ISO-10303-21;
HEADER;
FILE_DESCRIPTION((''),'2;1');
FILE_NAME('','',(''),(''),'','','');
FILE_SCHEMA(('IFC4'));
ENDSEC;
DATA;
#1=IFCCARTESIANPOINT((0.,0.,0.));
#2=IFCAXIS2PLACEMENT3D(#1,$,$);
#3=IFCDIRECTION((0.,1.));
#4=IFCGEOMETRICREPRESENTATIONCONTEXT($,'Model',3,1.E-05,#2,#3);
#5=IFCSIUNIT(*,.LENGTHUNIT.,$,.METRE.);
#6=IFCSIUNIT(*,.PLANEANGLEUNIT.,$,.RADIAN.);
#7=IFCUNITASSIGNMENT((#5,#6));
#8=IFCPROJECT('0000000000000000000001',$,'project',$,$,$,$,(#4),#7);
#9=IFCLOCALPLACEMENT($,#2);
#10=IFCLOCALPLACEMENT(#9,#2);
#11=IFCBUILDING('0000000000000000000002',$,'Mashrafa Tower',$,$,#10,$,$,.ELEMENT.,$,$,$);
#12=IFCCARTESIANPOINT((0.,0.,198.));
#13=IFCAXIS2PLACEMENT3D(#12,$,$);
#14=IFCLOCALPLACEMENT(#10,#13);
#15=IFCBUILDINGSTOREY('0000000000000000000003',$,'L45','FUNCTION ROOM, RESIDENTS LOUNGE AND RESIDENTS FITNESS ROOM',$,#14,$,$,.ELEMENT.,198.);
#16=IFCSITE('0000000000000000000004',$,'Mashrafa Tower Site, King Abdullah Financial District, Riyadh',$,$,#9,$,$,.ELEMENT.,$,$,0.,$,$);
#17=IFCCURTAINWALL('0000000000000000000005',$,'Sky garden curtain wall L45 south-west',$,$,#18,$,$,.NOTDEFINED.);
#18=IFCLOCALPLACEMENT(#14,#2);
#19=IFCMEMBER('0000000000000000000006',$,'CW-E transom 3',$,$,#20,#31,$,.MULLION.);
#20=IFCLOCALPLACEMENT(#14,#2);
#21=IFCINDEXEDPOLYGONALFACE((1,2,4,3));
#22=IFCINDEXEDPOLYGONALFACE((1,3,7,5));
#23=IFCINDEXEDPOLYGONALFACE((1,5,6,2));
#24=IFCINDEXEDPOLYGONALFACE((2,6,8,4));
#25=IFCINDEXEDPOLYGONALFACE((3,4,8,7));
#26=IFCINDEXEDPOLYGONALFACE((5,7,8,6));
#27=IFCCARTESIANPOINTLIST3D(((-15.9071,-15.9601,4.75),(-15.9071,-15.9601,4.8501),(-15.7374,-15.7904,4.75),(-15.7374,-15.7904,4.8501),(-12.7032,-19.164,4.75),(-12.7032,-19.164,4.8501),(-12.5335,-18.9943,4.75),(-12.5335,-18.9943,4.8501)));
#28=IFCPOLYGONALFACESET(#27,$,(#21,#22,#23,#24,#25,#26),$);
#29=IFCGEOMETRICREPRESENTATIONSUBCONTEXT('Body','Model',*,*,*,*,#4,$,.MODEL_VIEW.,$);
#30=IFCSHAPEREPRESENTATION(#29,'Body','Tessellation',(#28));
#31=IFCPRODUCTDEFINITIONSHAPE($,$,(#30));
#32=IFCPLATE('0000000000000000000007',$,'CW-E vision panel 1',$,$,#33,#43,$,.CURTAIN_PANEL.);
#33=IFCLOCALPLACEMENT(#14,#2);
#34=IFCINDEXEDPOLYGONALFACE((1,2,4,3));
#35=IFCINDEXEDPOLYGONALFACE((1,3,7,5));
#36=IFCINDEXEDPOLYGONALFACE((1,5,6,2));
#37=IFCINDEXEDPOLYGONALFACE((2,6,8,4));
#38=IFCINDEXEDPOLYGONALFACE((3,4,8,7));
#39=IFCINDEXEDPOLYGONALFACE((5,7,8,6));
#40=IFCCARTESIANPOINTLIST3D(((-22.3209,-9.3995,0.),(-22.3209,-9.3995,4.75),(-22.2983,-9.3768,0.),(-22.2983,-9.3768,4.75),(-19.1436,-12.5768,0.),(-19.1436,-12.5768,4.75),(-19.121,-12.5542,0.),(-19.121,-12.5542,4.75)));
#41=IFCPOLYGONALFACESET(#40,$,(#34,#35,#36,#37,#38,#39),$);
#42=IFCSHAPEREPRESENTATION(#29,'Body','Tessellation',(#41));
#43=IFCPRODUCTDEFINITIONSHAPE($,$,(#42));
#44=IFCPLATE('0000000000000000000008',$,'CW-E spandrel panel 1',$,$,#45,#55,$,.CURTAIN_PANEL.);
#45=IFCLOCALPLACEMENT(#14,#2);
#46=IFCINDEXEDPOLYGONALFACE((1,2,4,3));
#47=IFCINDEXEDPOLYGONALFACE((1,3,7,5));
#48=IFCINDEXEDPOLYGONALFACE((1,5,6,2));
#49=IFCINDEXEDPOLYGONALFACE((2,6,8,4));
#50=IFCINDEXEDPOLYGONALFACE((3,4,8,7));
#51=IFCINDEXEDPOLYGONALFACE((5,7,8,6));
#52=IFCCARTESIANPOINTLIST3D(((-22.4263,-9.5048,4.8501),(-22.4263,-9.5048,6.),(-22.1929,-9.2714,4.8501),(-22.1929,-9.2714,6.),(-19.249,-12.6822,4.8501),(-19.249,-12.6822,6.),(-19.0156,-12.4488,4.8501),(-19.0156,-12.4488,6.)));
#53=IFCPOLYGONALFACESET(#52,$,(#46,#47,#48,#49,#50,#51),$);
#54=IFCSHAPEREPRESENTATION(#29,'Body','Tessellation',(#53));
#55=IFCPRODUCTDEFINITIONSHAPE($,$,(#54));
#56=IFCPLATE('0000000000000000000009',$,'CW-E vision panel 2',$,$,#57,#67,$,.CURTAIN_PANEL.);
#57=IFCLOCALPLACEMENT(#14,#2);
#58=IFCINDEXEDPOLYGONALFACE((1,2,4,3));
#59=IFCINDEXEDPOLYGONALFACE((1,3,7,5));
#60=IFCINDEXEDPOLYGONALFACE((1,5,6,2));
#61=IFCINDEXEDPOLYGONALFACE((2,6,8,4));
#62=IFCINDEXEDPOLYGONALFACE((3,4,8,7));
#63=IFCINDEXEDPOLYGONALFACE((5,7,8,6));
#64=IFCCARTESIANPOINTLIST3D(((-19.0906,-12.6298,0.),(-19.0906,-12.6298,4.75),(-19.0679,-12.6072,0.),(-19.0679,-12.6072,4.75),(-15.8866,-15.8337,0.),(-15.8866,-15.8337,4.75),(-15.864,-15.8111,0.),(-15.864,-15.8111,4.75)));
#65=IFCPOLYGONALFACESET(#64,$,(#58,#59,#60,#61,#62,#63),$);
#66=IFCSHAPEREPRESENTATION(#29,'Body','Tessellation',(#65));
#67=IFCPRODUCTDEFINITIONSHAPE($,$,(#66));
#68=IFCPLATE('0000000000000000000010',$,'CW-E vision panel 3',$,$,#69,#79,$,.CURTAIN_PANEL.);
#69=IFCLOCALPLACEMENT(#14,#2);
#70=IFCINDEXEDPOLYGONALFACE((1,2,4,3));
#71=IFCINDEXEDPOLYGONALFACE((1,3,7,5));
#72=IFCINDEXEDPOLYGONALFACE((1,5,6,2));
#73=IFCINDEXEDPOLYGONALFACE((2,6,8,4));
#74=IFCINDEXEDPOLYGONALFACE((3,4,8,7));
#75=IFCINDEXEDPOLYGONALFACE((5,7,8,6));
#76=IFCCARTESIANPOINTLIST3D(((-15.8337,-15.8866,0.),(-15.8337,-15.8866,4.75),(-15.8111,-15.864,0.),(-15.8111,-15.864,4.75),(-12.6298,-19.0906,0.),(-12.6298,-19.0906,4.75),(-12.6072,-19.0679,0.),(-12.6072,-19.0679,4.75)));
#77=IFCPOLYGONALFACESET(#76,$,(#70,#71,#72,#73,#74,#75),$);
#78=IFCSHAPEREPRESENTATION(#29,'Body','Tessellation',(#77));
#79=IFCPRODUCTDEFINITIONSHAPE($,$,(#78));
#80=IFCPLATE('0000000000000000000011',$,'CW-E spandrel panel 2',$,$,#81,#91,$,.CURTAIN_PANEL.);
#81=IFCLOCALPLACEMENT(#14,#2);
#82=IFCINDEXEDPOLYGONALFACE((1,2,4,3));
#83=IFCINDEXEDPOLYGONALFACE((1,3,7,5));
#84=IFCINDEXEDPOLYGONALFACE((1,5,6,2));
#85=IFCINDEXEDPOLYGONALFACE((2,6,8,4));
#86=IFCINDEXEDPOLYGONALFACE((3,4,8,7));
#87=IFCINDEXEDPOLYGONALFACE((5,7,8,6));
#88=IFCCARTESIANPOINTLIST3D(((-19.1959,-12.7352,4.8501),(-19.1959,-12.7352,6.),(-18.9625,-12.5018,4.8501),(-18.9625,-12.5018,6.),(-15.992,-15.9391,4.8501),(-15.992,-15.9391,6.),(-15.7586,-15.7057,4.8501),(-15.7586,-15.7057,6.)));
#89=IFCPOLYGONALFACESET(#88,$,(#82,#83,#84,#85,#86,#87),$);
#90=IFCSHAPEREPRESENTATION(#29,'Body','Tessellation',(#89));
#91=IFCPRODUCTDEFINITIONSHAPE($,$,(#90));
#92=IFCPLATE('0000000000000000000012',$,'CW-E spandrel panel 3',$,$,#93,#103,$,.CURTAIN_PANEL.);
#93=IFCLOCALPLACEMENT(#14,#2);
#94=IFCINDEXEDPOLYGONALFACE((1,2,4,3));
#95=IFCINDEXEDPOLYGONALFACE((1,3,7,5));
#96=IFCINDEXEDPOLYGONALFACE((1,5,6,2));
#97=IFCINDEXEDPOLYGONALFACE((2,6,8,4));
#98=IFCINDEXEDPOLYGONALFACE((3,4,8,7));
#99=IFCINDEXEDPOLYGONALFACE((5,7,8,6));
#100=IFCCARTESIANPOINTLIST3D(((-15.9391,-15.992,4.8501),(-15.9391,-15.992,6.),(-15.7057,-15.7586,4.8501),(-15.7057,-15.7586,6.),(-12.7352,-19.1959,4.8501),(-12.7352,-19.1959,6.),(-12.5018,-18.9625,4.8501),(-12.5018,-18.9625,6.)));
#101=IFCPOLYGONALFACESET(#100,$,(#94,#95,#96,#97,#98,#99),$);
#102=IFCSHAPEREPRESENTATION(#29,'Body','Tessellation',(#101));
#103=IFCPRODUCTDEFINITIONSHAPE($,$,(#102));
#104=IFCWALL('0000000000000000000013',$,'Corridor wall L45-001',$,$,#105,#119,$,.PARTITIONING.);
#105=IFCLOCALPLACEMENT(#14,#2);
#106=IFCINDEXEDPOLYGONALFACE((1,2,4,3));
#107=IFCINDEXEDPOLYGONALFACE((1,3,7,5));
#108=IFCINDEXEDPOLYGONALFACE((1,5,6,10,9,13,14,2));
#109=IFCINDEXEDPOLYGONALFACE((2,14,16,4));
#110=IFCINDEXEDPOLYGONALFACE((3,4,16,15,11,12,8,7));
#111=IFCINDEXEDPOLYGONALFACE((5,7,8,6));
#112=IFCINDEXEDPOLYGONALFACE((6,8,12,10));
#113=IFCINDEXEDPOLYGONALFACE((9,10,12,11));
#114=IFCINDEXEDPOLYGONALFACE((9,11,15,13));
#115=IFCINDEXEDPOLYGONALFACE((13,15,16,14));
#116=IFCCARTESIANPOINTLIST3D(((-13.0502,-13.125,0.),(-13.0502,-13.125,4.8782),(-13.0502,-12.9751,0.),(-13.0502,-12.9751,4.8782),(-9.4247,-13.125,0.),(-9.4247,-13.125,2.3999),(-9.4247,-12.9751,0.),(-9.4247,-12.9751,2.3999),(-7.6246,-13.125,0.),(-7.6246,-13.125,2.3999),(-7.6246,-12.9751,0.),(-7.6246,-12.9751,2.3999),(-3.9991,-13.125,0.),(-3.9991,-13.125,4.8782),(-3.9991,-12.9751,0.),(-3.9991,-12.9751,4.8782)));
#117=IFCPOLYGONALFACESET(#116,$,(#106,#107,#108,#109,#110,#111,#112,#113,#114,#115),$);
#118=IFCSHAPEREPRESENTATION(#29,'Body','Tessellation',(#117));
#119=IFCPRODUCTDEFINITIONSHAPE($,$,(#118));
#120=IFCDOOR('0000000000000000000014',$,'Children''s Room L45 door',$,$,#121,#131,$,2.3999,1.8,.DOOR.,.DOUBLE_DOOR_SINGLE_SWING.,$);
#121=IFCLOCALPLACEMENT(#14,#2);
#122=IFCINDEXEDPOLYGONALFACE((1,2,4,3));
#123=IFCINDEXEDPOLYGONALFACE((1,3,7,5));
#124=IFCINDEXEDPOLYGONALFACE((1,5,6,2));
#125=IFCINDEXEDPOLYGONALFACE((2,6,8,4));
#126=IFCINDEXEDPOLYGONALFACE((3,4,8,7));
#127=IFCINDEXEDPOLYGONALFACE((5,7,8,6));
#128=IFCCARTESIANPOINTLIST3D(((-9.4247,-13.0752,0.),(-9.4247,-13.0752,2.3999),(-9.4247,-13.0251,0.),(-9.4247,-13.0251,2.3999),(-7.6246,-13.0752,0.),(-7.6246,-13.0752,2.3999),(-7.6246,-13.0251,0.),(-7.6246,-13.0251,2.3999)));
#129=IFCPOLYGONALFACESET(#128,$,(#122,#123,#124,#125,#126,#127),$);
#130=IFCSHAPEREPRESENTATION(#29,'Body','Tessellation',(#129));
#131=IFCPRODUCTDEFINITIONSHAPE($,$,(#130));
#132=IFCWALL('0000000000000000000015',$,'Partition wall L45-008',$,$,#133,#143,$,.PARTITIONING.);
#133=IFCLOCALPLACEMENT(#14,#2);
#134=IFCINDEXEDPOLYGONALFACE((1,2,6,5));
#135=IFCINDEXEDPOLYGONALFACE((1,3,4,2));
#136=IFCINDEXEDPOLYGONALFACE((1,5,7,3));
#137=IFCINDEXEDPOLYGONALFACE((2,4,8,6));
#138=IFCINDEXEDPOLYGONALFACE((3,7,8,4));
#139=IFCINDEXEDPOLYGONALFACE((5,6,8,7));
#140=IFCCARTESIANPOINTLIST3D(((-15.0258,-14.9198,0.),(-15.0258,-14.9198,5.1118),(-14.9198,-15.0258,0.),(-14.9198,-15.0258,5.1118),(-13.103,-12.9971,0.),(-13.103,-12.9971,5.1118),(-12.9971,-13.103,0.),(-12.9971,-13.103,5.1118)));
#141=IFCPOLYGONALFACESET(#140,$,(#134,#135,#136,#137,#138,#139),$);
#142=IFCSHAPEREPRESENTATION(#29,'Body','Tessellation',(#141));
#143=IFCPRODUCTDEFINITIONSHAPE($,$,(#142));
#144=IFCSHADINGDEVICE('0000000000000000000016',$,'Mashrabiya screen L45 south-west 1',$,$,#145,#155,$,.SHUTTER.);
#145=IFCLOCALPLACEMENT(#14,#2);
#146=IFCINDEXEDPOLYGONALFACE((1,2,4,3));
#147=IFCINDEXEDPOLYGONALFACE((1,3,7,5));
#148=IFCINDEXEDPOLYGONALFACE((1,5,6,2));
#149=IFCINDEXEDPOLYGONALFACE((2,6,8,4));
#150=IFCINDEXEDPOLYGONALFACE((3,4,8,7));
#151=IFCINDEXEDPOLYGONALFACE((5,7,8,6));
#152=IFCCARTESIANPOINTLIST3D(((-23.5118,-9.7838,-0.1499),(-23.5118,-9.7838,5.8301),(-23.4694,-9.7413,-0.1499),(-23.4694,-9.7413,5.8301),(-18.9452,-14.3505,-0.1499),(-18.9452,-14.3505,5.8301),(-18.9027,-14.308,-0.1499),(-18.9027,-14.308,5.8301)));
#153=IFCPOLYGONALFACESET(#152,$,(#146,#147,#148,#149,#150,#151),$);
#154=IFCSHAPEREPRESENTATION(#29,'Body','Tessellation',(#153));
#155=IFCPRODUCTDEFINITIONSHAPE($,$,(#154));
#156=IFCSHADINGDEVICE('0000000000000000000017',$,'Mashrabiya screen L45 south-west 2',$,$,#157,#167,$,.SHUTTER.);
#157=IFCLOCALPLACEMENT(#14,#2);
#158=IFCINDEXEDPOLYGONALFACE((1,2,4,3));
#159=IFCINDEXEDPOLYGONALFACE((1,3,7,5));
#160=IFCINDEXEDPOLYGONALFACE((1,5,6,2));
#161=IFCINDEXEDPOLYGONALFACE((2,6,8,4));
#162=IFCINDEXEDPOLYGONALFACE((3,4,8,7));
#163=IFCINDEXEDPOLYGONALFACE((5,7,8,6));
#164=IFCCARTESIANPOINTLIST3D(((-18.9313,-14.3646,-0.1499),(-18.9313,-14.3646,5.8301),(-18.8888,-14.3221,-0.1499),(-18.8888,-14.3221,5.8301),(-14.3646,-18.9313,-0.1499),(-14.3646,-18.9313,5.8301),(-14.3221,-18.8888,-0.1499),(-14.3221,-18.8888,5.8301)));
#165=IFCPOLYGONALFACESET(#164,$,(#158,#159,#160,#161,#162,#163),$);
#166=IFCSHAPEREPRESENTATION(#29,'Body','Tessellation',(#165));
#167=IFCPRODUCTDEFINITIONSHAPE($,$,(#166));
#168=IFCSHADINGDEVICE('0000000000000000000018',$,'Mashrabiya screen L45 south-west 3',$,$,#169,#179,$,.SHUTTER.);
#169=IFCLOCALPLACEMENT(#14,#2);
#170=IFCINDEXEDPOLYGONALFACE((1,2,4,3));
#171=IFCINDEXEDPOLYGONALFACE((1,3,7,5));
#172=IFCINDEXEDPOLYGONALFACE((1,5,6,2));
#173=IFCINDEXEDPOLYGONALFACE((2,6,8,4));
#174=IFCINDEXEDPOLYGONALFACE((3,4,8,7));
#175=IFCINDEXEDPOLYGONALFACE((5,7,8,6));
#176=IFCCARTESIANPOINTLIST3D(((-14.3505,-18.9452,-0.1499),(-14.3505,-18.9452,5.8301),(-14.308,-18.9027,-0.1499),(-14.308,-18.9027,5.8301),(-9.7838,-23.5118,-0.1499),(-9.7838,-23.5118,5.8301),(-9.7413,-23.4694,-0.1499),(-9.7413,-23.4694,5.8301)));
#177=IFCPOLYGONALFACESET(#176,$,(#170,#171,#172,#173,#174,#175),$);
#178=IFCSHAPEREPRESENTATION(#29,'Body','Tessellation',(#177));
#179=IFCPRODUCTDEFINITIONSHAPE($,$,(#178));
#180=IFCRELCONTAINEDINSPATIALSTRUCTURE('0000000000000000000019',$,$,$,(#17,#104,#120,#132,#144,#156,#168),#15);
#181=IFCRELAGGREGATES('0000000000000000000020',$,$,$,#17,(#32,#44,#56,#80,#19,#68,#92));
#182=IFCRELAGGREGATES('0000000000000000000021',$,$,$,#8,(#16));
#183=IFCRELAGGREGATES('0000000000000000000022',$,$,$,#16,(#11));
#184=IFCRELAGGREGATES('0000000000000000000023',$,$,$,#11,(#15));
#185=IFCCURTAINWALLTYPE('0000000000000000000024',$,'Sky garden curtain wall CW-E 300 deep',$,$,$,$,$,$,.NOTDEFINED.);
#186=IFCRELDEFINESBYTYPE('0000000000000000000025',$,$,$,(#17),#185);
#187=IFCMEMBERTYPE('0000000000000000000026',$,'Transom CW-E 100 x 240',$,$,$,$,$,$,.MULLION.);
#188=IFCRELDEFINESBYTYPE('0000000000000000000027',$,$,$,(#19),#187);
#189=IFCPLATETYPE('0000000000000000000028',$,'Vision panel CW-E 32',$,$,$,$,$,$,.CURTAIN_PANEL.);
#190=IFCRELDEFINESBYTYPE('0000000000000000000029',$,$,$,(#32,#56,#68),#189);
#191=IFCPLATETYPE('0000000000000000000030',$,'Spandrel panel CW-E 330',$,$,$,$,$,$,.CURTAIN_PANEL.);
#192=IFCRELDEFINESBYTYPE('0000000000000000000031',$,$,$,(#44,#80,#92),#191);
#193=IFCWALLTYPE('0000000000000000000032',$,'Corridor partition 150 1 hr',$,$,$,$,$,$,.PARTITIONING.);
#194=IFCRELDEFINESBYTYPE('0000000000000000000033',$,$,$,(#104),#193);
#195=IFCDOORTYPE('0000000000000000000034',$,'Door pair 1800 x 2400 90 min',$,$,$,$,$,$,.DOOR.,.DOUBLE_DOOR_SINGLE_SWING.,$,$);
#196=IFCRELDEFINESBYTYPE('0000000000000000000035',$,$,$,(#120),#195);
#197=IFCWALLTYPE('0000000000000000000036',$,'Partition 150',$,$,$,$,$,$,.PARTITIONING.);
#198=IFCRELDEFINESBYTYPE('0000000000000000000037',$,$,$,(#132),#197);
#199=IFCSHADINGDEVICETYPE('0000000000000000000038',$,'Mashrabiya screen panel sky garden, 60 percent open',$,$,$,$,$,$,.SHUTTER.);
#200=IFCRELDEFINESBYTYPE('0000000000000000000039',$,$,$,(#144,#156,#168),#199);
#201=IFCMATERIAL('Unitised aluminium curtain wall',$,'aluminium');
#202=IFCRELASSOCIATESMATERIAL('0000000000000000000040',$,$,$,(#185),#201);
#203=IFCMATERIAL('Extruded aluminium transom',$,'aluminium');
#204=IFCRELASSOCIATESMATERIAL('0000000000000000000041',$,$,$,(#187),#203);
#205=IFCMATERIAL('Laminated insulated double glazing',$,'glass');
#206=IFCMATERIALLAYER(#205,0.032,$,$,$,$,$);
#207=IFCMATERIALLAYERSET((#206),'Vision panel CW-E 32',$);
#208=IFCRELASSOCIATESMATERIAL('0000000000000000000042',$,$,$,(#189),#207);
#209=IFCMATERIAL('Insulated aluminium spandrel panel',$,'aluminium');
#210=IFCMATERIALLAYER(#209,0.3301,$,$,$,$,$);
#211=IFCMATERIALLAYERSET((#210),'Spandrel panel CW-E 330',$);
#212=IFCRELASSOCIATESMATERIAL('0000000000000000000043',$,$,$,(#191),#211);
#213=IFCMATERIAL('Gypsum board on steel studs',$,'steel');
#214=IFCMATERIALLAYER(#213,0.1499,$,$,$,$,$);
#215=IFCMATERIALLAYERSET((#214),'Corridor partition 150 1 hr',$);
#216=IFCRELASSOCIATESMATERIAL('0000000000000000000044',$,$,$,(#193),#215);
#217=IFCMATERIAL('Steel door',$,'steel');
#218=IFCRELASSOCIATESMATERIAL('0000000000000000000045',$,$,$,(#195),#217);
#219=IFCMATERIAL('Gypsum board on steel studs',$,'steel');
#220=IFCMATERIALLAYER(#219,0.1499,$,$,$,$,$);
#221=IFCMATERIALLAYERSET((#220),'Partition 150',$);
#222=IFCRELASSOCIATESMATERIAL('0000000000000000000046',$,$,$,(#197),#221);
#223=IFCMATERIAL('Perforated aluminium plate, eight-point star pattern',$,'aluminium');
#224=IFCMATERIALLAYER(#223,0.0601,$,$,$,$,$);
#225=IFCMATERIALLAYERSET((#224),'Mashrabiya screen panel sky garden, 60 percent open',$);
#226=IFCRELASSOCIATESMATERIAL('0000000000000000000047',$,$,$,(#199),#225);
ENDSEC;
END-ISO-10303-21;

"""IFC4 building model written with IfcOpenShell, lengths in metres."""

from ifc_helpers import new_model, si_unit, direction, frame, frame_2d, origin, origin_2d, place, context, subcontext, project, spatial, rectangle, extrude, source, transform, mapped, material, layer, layer_set, material_profile, profile_set, type_object, type_shapes, element, fill, aggregate, save


model = new_model("IFC4")

# Units and contexts
model_context = context("Model", 3, precision=1e-05, world=origin(), true_north=direction((0.0, 1.0)))
body_context = subcontext(model_context, "Body", "Model", "MODEL_VIEW")
ifc_project = project(units=[si_unit("LENGTHUNIT", "METRE"), si_unit("PLANEANGLEUNIT", "RADIAN")], contexts=[model_context])

# Site, building, storey
site_placement = place(None, origin())
site = spatial("IfcSite", under=ifc_project, at=site_placement, Name="Mashrafa Tower Site, King Abdullah Financial District, Riyadh", CompositionType="ELEMENT", RefElevation=0.0)
building_placement = place(site_placement, origin())
building = spatial("IfcBuilding", under=site, at=building_placement, Name="Mashrafa Tower", CompositionType="ELEMENT")
storey_placement = place(building_placement, frame((0.0, 0.0, 198.0)))
storey = spatial("IfcBuildingStorey", under=building, at=storey_placement, Name="L45", Description="FUNCTION ROOM, RESIDENTS LOUNGE AND RESIDENTS FITNESS ROOM", CompositionType="ELEMENT", Elevation=198.0)

# Curtain wall, member, plates
ifc_material_1 = material(Name="Unitised aluminium curtain wall", Category="aluminium")
curtain_wall_type = type_object("IfcCurtainWallType", Name="Sky garden curtain wall CW-E 300 deep", PredefinedType="NOTDEFINED", material=ifc_material_1)
curtain_wall_placement = place(storey_placement, origin())
curtain_wall = element("IfcCurtainWall", 1, at=curtain_wall_placement, inside=storey, type_object=curtain_wall_type, Name="Sky garden curtain wall L45 south-west", PredefinedType="NOTDEFINED")
ifc_material_2 = material(Name="Extruded aluminium transom", Category="aluminium")
ifc_material_profile_1 = material_profile(ifc_material_2, rectangle(XDim=0.24, YDim=0.1001, at=origin_2d()), Name="Transom 100x240")
ifc_profile_set_1 = profile_set([ifc_material_profile_1], Name="Extruded aluminium transom")
member_type_1 = type_object("IfcMemberType", Name="Transom CW-E 100 x 240", PredefinedType="MULLION", material=ifc_profile_set_1)
shared_shape_1 = source(origin(), body_context, "Body", "SweptSolid", [
    extrude(rectangle(XDim=0.24, YDim=0.1001, at=origin_2d()), origin(), (0.0, 0.0, 1.0), 4.531),
])
member_1_placement = place(storey_placement, frame((-15.8223, -15.8752, 4.8), z_axis=(0.707107, -0.707107, 0.0), x_axis=(0.707107, 0.707107, 0.0)))
member_1 = element("IfcMember", 2, at=member_1_placement, type_object=member_type_1, Name="CW-E transom 3", PredefinedType="MULLION", context=body_context, shape_type="MappedRepresentation", body=[
    mapped(shared_shape_1, transform((0.0, 0.0, 0.0))),
])
ifc_material_3 = material(Name="Laminated insulated double glazing", Category="glass")
ifc_layer_1 = layer(ifc_material_3, 0.032)
ifc_layer_set_1 = layer_set([ifc_layer_1], Name="Vision panel CW-E 32")
plate_type_1 = type_object("IfcPlateType", Name="Vision panel CW-E 32", PredefinedType="CURTAIN_PANEL", material=ifc_layer_set_1)
shared_shape_2 = source(origin(), body_context, "Body", "SweptSolid", [
    extrude(rectangle(XDim=4.4934, YDim=0.032, at=origin_2d()), origin(), (0.0, 0.0, 1.0), 4.75),
])
plate_1_placement = place(storey_placement, frame((-20.7209, -10.9768, 0.0), z_axis=(0.0, 0.0, 1.0), x_axis=(0.707107, -0.707107, 0.0)))
plate_1 = element("IfcPlate", 3, at=plate_1_placement, type_object=plate_type_1, Name="CW-E vision panel 1", PredefinedType="CURTAIN_PANEL", context=body_context, shape_type="MappedRepresentation", body=[
    mapped(shared_shape_2, transform((0.0, 0.0, 0.0))),
])
ifc_material_4 = material(Name="Insulated aluminium spandrel panel", Category="aluminium")
ifc_layer_2 = layer(ifc_material_4, 0.3301)
ifc_layer_set_2 = layer_set([ifc_layer_2], Name="Spandrel panel CW-E 330")
plate_type_2 = type_object("IfcPlateType", Name="Spandrel panel CW-E 330", PredefinedType="CURTAIN_PANEL", material=ifc_layer_set_2)
shared_shape_3 = source(origin(), body_context, "Body", "SweptSolid", [
    extrude(rectangle(XDim=4.4934, YDim=0.3301, at=origin_2d()), origin(), (0.0, 0.0, 1.0), 1.1499),
])
plate_2_placement = place(storey_placement, frame((-20.7209, -10.9768, 4.8501), z_axis=(0.0, 0.0, 1.0), x_axis=(0.707107, -0.707107, 0.0)))
plate_2 = element("IfcPlate", 4, at=plate_2_placement, type_object=plate_type_2, Name="CW-E spandrel panel 1", PredefinedType="CURTAIN_PANEL", context=body_context, shape_type="MappedRepresentation", body=[
    mapped(shared_shape_3, transform((0.0, 0.0, 0.0))),
])
shared_shape_4 = source(origin(), body_context, "Body", "SweptSolid", [
    extrude(rectangle(XDim=4.531, YDim=0.032, at=origin_2d()), origin(), (0.0, 0.0, 1.0), 4.75),
])
type_shapes(plate_type_1, [shared_shape_2, shared_shape_4])
plate_3_placement = place(storey_placement, frame((-17.4773, -14.2205, 0.0), z_axis=(0.0, 0.0, 1.0), x_axis=(0.707107, -0.707107, 0.0)))
plate_3 = element("IfcPlate", 5, at=plate_3_placement, type_object=plate_type_1, Name="CW-E vision panel 2", PredefinedType="CURTAIN_PANEL", context=body_context, shape_type="MappedRepresentation", body=[
    mapped(shared_shape_4, transform((0.0, 0.0, 0.0))),
])
plate_4_placement = place(storey_placement, frame((-14.2205, -17.4773, 0.0), z_axis=(0.0, 0.0, 1.0), x_axis=(0.707107, -0.707107, 0.0)))
plate_4 = element("IfcPlate", 6, at=plate_4_placement, type_object=plate_type_1, Name="CW-E vision panel 3", PredefinedType="CURTAIN_PANEL", context=body_context, shape_type="MappedRepresentation", body=[
    mapped(shared_shape_4, transform((0.0, 0.0, 0.0))),
])
shared_shape_5 = source(origin(), body_context, "Body", "SweptSolid", [
    extrude(rectangle(XDim=4.531, YDim=0.3301, at=origin_2d()), origin(), (0.0, 0.0, 1.0), 1.1499),
])
type_shapes(plate_type_2, [shared_shape_3, shared_shape_5])
plate_5_placement = place(storey_placement, frame((-17.4773, -14.2205, 4.8501), z_axis=(0.0, 0.0, 1.0), x_axis=(0.707107, -0.707107, 0.0)))
plate_5 = element("IfcPlate", 7, at=plate_5_placement, type_object=plate_type_2, Name="CW-E spandrel panel 2", PredefinedType="CURTAIN_PANEL", context=body_context, shape_type="MappedRepresentation", body=[
    mapped(shared_shape_5, transform((0.0, 0.0, 0.0))),
])
plate_6_placement = place(storey_placement, frame((-14.2205, -17.4773, 4.8501), z_axis=(0.0, 0.0, 1.0), x_axis=(0.707107, -0.707107, 0.0)))
plate_6 = element("IfcPlate", 8, at=plate_6_placement, type_object=plate_type_2, Name="CW-E spandrel panel 3", PredefinedType="CURTAIN_PANEL", context=body_context, shape_type="MappedRepresentation", body=[
    mapped(shared_shape_5, transform((0.0, 0.0, 0.0))),
])
aggregate(curtain_wall, [plate_1, plate_2, plate_3, plate_5, member_1, plate_4, plate_6])

# Wall, opening, door
ifc_material_5 = material(Name="Gypsum board on steel studs", Category="steel")
ifc_layer_3 = layer(ifc_material_5, 0.1499)
ifc_layer_set_3 = layer_set([ifc_layer_3], Name="Corridor partition 150 1 hr")
wall_type_1 = type_object("IfcWallType", Name="Corridor partition 150 1 hr", PredefinedType="PARTITIONING", material=ifc_layer_set_3)
wall_1_placement = place(storey_placement, frame((-13.05, -13.05, 0.0), z_axis=(0.0, 0.0, 1.0), x_axis=(1.0, 0.0, 0.0)))
wall_1 = element("IfcWall", 9, at=wall_1_placement, inside=storey, type_object=wall_type_1, Name="Corridor wall L45-001", PredefinedType="PARTITIONING", context=body_context, shape_type="SweptSolid", body=[
    extrude(rectangle(XDim=9.051, YDim=0.1499, at=frame_2d((4.5254, 0.0))), origin(), (0.0, 0.0, 1.0), 4.8782),
])
opening_placement = place(wall_1_placement, frame((3.6255, 0.0, 0.0)))
opening = element("IfcOpeningElement", 10, at=opening_placement, cuts=wall_1, PredefinedType="OPENING", context=body_context, shape_type="SweptSolid", body=[
    extrude(rectangle(XDim=1.8, YDim=2.3999, at=frame_2d((0.8999, 1.2))), frame((0.0, 0.085, 0.0), z_axis=(0.0, -1.0, 0.0), x_axis=(1.0, 0.0, 0.0)), (0.0, 0.0, 1.0), 0.1699),
])
ifc_material_6 = material(Name="Steel door", Category="steel")
door_type = type_object("IfcDoorType", Name="Door pair 1800 x 2400 90 min", OperationType="DOUBLE_DOOR_SINGLE_SWING", PredefinedType="DOOR", material=ifc_material_6)
door_placement = place(opening_placement, origin())
door = element("IfcDoor", 11, at=door_placement, inside=storey, type_object=door_type, Name="Children's Room L45 door", OperationType="DOUBLE_DOOR_SINGLE_SWING", OverallHeight=2.3999, OverallWidth=1.8, PredefinedType="DOOR", context=body_context, shape_type="SweptSolid", body=[
    extrude(rectangle(XDim=1.8, YDim=2.3999, at=frame_2d((0.8999, 1.2))), frame((0.0, 0.0249, 0.0), z_axis=(0.0, -1.0, 0.0), x_axis=(1.0, 0.0, 0.0)), (0.0, 0.0, 1.0), 0.05),
])
fill(opening, door)

# Wall
ifc_material_7 = material(Name="Gypsum board on steel studs", Category="steel")
ifc_layer_4 = layer(ifc_material_7, 0.1499)
ifc_layer_set_4 = layer_set([ifc_layer_4], Name="Partition 150")
wall_type_2 = type_object("IfcWallType", Name="Partition 150", PredefinedType="PARTITIONING", material=ifc_layer_set_4)
wall_2_placement = place(storey_placement, frame((-13.05, -13.05, 0.0), z_axis=(0.0, 0.0, 1.0), x_axis=(-0.707107, -0.707107, 0.0)))
element("IfcWall", 12, at=wall_2_placement, inside=storey, type_object=wall_type_2, Name="Partition wall L45-008", PredefinedType="PARTITIONING", context=body_context, shape_type="SweptSolid", body=[
    extrude(rectangle(XDim=2.7192, YDim=0.1499, at=frame_2d((1.3596, 0.0))), origin(), (0.0, 0.0, 1.0), 5.1118),
])

# Shading devices
ifc_material_8 = material(Name="Perforated aluminium plate, eight-point star pattern", Category="aluminium")
ifc_layer_5 = layer(ifc_material_8, 0.0601)
ifc_layer_set_5 = layer_set([ifc_layer_5], Name="Mashrabiya screen panel sky garden, 60 percent open")
shading_device_type = type_object("IfcShadingDeviceType", Name="Mashrabiya screen panel sky garden, 60 percent open", PredefinedType="SHUTTER", material=ifc_layer_set_5)
shared_shape_6 = source(origin(), body_context, "Body", "SweptSolid", [
    extrude(rectangle(XDim=6.4583, YDim=0.0601, at=origin_2d()), origin(), (0.0, 0.0, 1.0), 5.98),
])
type_shapes(shading_device_type, [shared_shape_6])
for number, where, z_axis, x_axis, name in (
    (13, (-21.2073, -12.0459, -0.1499), (0.0, 0.0, 1.0), (0.707107, -0.707107, 0.0), "Mashrabiya screen L45 south-west 1"),
    (14, (-16.6267, -16.6267, -0.1499), (0.0, 0.0, 1.0), (0.707107, -0.707107, 0.0), "Mashrabiya screen L45 south-west 2"),
    (15, (-12.0459, -21.2073, -0.1499), (0.0, 0.0, 1.0), (0.707107, -0.707107, 0.0), "Mashrabiya screen L45 south-west 3"),
):
    element("IfcShadingDevice", number, at=place(storey_placement, frame(where, z_axis=z_axis, x_axis=x_axis)), inside=storey, type_object=shading_device_type, Name=name, PredefinedType="SHUTTER", context=body_context, shape_type="MappedRepresentation", body=[
        mapped(shared_shape_6, transform((0.0, 0.0, 0.0))),
    ])

save(model, "model.ifc")
